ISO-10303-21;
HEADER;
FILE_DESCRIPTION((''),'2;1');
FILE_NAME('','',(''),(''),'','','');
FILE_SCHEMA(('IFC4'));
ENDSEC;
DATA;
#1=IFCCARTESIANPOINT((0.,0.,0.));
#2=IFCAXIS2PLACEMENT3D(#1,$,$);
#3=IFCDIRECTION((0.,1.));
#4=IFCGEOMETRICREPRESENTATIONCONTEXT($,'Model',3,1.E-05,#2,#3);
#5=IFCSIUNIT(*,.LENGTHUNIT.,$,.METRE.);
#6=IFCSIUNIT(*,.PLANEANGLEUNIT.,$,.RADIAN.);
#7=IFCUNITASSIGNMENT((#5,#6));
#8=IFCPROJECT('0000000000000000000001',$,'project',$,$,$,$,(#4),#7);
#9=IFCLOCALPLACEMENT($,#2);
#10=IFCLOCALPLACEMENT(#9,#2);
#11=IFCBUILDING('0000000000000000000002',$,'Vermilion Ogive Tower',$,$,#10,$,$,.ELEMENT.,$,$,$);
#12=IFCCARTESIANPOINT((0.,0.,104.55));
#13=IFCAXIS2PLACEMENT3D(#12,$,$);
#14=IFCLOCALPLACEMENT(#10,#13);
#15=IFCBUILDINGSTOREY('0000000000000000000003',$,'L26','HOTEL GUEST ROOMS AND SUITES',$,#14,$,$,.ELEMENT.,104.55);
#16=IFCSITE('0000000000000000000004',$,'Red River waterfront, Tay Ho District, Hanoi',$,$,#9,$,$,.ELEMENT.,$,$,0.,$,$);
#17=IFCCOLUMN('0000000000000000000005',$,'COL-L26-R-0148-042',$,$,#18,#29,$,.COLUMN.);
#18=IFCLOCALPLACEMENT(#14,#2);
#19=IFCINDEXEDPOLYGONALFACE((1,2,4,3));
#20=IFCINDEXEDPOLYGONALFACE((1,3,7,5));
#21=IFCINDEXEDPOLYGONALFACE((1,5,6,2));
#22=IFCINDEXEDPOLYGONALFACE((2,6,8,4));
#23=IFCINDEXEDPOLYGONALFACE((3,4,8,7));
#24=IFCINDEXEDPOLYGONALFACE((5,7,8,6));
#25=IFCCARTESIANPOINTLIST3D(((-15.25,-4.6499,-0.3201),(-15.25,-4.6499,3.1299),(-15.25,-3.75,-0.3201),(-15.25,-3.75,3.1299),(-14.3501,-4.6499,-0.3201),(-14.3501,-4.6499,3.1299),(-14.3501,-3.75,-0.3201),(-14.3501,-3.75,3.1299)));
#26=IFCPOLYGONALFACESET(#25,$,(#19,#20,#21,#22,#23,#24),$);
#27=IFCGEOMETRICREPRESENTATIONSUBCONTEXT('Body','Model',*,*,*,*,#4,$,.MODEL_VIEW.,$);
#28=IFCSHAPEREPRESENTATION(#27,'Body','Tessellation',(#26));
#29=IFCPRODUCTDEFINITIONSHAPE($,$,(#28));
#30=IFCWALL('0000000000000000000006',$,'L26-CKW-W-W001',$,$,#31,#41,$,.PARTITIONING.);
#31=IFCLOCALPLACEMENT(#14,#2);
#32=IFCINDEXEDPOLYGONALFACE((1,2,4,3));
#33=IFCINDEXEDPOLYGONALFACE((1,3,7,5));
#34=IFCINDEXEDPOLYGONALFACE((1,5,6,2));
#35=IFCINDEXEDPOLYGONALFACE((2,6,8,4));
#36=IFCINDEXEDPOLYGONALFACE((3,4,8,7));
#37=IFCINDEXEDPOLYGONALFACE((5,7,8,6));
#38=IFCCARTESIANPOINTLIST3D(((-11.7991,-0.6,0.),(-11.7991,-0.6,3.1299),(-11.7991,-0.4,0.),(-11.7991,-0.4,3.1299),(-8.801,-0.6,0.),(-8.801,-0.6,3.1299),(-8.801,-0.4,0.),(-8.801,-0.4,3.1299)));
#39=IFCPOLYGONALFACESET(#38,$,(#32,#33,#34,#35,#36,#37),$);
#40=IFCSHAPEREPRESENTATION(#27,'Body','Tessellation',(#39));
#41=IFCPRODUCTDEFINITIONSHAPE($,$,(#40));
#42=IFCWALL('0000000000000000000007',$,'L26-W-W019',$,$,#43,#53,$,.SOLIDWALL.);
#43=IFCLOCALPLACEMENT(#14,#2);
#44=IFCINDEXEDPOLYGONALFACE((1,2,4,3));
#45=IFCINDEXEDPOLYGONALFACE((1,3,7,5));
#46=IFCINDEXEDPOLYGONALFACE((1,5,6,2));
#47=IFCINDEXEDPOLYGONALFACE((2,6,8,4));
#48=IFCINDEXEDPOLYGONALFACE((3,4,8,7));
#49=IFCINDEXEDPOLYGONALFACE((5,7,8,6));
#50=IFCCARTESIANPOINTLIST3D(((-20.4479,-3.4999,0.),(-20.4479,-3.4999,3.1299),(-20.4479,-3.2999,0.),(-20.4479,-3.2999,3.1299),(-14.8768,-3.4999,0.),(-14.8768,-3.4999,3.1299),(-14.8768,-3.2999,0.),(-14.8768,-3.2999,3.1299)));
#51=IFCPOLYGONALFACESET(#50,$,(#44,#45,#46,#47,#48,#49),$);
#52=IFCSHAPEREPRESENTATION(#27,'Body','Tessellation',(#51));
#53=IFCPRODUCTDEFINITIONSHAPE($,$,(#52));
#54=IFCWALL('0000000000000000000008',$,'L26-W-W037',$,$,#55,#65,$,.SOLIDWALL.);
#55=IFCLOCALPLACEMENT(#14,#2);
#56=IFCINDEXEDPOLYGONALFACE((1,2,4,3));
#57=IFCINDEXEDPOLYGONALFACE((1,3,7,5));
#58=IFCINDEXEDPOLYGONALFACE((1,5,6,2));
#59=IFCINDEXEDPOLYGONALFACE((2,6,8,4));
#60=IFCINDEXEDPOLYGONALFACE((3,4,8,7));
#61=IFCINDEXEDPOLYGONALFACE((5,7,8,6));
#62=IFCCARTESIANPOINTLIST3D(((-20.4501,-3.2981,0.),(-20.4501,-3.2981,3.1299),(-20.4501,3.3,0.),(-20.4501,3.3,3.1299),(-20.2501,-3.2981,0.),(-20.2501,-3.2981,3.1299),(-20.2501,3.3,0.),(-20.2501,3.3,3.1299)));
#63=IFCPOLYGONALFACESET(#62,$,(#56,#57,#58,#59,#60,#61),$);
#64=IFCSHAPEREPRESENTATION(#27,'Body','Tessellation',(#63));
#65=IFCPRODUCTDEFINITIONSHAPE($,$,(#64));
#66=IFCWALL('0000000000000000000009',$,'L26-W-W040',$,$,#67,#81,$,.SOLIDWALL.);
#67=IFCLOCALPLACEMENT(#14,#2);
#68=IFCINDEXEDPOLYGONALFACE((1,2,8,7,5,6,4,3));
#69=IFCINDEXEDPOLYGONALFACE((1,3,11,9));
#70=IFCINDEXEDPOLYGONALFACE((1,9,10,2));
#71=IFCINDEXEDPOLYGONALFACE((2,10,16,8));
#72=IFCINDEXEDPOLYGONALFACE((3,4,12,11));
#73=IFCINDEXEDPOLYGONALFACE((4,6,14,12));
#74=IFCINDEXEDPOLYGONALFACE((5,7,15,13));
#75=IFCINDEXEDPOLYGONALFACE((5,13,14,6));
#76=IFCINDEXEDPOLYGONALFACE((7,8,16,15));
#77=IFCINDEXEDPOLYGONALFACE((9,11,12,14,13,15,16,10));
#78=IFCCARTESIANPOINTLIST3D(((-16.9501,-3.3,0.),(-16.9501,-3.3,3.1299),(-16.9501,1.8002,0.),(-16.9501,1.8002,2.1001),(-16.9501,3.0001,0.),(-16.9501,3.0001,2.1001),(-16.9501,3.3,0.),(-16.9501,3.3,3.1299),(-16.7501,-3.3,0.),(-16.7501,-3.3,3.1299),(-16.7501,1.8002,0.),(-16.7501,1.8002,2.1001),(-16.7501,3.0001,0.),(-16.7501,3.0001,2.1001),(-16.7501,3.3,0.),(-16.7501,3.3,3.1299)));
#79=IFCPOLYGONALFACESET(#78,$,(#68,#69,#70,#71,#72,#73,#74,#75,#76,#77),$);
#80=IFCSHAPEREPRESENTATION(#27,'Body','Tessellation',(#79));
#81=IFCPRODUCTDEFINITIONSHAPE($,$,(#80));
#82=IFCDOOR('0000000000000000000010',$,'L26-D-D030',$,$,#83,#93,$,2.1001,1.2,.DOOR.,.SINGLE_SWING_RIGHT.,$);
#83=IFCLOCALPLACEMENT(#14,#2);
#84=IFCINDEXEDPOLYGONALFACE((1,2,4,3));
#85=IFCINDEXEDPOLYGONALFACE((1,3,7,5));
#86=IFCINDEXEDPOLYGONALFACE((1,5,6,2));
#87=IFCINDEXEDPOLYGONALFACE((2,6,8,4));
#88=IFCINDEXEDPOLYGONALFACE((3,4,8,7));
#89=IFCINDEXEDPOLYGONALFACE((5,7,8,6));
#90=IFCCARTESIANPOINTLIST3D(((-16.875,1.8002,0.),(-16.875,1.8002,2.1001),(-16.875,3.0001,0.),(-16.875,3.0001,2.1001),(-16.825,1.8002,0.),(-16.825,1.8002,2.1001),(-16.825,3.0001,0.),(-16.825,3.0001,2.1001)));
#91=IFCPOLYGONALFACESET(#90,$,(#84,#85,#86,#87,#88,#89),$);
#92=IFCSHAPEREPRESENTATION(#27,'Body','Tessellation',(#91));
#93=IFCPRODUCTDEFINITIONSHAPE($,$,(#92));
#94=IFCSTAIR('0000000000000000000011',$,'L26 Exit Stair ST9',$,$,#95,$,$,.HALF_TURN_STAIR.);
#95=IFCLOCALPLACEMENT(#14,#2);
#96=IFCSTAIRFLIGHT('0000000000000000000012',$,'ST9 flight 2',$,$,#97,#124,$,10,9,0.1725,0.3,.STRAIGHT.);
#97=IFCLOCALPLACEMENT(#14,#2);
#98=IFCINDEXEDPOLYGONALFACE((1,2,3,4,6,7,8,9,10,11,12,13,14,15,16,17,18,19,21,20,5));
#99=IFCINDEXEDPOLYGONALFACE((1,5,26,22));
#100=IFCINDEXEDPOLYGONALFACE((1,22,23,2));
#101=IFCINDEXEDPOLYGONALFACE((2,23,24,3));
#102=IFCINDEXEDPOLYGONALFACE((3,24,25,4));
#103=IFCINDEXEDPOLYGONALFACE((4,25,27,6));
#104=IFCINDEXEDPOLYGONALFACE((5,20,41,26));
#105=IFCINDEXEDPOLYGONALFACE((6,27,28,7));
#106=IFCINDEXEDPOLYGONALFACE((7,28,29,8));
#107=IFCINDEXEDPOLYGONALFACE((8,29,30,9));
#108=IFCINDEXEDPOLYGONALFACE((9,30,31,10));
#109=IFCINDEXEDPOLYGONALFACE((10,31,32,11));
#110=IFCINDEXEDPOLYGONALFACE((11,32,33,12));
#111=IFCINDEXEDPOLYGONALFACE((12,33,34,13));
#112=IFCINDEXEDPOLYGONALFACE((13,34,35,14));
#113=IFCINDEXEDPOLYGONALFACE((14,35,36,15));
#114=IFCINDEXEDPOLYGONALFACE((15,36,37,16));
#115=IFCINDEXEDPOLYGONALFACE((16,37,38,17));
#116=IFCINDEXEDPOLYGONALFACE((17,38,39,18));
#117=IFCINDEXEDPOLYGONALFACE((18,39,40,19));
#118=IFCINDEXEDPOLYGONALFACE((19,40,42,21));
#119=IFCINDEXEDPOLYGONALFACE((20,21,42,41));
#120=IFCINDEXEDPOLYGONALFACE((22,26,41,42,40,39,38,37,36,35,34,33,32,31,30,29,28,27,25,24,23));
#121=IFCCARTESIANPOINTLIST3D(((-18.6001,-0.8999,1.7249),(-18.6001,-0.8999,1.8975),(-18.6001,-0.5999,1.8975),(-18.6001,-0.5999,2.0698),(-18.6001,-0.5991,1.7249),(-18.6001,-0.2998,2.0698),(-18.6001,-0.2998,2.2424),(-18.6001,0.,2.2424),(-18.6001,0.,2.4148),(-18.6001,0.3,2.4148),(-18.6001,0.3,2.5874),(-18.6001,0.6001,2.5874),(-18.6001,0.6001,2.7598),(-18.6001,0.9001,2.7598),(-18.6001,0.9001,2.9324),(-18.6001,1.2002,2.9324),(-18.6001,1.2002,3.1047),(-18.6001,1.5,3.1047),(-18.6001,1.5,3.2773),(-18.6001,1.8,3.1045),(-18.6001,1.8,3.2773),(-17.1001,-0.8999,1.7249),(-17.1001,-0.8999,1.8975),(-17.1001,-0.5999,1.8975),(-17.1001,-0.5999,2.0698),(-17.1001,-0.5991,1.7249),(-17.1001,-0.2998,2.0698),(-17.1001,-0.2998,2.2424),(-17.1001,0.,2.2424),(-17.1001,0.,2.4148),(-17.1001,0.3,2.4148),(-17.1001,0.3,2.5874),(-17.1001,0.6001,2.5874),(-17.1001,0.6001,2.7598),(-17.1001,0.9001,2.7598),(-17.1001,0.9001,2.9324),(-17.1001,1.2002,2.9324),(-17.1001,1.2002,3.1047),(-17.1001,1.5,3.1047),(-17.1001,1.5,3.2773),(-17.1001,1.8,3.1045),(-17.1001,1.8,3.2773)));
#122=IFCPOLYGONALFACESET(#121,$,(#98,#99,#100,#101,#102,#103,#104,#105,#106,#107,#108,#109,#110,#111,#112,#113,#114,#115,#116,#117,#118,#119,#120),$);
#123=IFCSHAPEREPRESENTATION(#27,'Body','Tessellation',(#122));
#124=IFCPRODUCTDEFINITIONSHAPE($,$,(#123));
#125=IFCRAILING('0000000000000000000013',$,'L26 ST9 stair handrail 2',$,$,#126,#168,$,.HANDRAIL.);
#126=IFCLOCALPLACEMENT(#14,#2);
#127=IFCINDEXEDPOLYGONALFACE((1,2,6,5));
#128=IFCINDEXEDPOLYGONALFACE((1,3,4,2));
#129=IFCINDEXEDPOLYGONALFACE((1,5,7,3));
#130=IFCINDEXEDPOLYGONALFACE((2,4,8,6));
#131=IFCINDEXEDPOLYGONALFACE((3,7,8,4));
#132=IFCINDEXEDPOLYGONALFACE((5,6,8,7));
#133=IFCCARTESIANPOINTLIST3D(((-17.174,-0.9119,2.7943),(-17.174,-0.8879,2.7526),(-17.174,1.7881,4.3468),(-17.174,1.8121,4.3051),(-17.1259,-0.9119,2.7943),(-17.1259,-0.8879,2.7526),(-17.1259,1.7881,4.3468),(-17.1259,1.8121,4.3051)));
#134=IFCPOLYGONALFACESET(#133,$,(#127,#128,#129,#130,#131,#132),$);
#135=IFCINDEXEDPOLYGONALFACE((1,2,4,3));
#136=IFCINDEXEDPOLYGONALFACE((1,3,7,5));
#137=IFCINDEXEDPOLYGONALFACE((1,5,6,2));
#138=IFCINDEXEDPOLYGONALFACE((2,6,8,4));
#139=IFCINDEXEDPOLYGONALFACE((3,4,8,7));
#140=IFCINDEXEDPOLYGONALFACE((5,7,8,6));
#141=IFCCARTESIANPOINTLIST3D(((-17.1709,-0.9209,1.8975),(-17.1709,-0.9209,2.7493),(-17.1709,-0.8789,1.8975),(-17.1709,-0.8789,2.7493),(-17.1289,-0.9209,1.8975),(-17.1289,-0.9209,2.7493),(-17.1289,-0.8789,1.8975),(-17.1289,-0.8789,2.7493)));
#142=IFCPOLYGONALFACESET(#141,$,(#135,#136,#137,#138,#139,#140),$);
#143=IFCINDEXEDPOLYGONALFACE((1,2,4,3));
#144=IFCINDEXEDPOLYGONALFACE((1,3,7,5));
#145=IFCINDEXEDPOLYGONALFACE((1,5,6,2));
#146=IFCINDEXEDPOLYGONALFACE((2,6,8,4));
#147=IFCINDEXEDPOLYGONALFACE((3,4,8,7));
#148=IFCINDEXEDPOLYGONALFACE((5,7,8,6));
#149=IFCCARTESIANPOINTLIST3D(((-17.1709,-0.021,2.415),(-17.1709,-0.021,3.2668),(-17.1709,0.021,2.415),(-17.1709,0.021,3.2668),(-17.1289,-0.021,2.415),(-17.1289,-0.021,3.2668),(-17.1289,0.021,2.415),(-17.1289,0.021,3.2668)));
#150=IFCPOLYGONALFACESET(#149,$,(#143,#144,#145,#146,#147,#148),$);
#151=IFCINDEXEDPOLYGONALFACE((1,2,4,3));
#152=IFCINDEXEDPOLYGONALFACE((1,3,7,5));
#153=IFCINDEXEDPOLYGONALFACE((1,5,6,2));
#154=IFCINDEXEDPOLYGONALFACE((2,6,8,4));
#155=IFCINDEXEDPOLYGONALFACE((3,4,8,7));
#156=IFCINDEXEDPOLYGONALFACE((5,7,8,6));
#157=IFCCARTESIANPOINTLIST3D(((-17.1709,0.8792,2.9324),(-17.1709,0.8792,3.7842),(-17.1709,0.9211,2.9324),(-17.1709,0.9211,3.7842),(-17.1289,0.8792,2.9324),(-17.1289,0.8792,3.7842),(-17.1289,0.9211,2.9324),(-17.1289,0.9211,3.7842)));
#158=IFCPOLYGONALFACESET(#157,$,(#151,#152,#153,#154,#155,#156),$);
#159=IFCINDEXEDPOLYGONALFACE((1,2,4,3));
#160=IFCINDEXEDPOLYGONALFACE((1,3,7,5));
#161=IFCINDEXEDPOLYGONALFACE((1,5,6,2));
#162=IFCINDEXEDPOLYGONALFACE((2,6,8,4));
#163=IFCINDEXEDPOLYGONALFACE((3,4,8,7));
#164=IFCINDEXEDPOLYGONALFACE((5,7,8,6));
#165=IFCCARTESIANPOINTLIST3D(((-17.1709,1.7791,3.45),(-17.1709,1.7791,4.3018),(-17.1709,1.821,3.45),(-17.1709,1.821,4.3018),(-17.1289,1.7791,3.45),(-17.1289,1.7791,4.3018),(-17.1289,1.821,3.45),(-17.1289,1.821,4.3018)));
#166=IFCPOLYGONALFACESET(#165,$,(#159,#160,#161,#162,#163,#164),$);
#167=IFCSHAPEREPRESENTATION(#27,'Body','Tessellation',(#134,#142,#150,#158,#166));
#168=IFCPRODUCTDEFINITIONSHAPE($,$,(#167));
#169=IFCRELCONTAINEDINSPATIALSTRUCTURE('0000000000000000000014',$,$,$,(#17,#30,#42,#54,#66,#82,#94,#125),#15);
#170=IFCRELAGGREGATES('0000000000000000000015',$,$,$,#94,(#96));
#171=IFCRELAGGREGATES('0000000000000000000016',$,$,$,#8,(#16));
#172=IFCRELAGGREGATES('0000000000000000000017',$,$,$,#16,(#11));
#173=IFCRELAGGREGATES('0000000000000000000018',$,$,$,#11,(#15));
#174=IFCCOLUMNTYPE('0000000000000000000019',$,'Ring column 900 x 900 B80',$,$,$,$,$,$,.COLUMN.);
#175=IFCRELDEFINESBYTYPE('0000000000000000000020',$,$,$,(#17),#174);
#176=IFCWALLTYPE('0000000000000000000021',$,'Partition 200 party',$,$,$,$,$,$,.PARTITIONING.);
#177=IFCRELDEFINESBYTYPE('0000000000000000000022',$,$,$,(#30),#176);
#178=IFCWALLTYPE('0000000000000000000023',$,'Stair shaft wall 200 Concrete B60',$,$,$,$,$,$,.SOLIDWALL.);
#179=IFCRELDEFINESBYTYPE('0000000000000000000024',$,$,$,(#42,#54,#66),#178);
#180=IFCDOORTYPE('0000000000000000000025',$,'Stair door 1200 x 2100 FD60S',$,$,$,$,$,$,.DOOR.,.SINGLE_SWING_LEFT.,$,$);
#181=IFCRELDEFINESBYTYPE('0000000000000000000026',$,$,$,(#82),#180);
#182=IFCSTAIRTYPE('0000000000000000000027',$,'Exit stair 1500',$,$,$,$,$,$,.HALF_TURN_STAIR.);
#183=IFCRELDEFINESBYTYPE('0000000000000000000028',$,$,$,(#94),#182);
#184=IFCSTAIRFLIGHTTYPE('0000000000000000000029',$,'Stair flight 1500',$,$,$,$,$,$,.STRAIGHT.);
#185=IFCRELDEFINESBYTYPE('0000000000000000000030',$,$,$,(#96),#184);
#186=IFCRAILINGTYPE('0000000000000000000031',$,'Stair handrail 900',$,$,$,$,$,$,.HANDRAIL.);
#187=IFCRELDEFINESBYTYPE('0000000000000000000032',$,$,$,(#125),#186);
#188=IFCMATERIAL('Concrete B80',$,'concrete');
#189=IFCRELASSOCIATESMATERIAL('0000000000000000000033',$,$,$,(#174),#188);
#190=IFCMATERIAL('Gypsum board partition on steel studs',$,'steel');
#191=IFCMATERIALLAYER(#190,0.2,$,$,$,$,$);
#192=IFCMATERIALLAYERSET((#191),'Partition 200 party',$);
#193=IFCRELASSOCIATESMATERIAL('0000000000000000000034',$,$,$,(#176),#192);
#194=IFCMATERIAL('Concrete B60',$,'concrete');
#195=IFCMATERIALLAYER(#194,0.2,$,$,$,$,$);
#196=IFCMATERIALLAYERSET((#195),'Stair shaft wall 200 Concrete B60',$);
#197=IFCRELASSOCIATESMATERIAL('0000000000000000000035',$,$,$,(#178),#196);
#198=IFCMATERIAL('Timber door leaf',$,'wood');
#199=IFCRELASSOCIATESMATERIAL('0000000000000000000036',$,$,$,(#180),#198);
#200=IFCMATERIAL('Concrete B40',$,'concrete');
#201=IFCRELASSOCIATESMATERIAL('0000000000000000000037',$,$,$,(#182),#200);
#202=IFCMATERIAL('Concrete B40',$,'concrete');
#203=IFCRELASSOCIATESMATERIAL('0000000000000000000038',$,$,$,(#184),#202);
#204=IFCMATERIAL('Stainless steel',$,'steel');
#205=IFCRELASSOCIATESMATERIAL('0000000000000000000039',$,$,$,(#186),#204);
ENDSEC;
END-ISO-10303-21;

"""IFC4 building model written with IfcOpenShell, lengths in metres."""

from ifc_helpers import new_model, si_unit, direction, frame, frame_2d, origin, origin_2d, place, context, subcontext, project, spatial, polyline, rectangle, outline, extrude, material, layer, layer_set, material_profile, profile_set, type_object, element, fill, aggregate, save


model = new_model("IFC4")

# Units and contexts
model_context = context("Model", 3, precision=1e-05, world=origin(), true_north=direction((0.0, 1.0)))
body_context = subcontext(model_context, "Body", "Model", "MODEL_VIEW")
ifc_project = project(units=[si_unit("LENGTHUNIT", "METRE"), si_unit("PLANEANGLEUNIT", "RADIAN")], contexts=[model_context])

# Site, building, storey
site_placement = place(None, origin())
site = spatial("IfcSite", under=ifc_project, at=site_placement, Name="Red River waterfront, Tay Ho District, Hanoi", CompositionType="ELEMENT", RefElevation=0.0)
building_placement = place(site_placement, origin())
building = spatial("IfcBuilding", under=site, at=building_placement, Name="Vermilion Ogive Tower", CompositionType="ELEMENT")
storey_placement = place(building_placement, frame((0.0, 0.0, 104.55)))
storey = spatial("IfcBuildingStorey", under=building, at=storey_placement, Name="L26", Description="HOTEL GUEST ROOMS AND SUITES", CompositionType="ELEMENT", Elevation=104.55)

# Column
ifc_material_1 = material(Name="Concrete B80", Category="concrete")
ifc_material_profile = material_profile(ifc_material_1, rectangle(XDim=0.8999, YDim=0.8999, at=origin_2d()), Name="900 x 900")
ifc_profile_set = profile_set([ifc_material_profile], Name="Concrete B80")
column_type = type_object("IfcColumnType", Name="Ring column 900 x 900 B80", PredefinedType="COLUMN", material=ifc_profile_set)
column_placement = place(storey_placement, frame((-14.8, -4.2, -0.3201), z_axis=(0.0, 0.0, 1.0), x_axis=(1.0, 0.0, 0.0)))
element("IfcColumn", 1, at=column_placement, inside=storey, type_object=column_type, Name="COL-L26-R-0148-042", PredefinedType="COLUMN", context=body_context, shape_type="SweptSolid", body=[
    extrude(rectangle(XDim=0.8999, YDim=0.8999, at=origin_2d()), origin(), (0.0, 0.0, 1.0), 3.45),
])

# Walls
ifc_material_2 = material(Name="Gypsum board partition on steel studs", Category="steel")
ifc_layer_1 = layer(ifc_material_2, 0.2)
ifc_layer_set_1 = layer_set([ifc_layer_1], Name="Partition 200 party")
wall_type_1 = type_object("IfcWallType", Name="Partition 200 party", PredefinedType="PARTITIONING", material=ifc_layer_set_1)
wall_1_placement = place(storey_placement, frame((-11.7991, -0.5, 0.0), z_axis=(0.0, 0.0, 1.0), x_axis=(1.0, 0.0, 0.0)))
element("IfcWall", 2, at=wall_1_placement, inside=storey, type_object=wall_type_1, Name="L26-CKW-W-W001", PredefinedType="PARTITIONING", context=body_context, shape_type="SweptSolid", body=[
    extrude(rectangle(XDim=2.998, YDim=0.2, at=frame_2d((1.499, 0.0))), origin(), (0.0, 0.0, 1.0), 3.1299),
])
ifc_material_3 = material(Name="Concrete B60", Category="concrete")
ifc_layer_2 = layer(ifc_material_3, 0.2)
ifc_layer_set_2 = layer_set([ifc_layer_2], Name="Stair shaft wall 200 Concrete B60")
wall_type_2 = type_object("IfcWallType", Name="Stair shaft wall 200 Concrete B60", PredefinedType="SOLIDWALL", material=ifc_layer_set_2)
wall_2_placement = place(storey_placement, frame((-20.448, -3.3999, 0.0), z_axis=(0.0, 0.0, 1.0), x_axis=(1.0, 0.0, 0.0)))
element("IfcWall", 3, at=wall_2_placement, inside=storey, type_object=wall_type_2, Name="L26-W-W019", PredefinedType="SOLIDWALL", context=body_context, shape_type="SweptSolid", body=[
    extrude(rectangle(XDim=5.571, YDim=0.2, at=frame_2d((2.7856, 0.0))), origin(), (0.0, 0.0, 1.0), 3.1299),
])
wall_3_placement = place(storey_placement, frame((-20.3501, -3.2981, 0.0), z_axis=(0.0, 0.0, 1.0), x_axis=(0.0, 1.0, 0.0)))
element("IfcWall", 4, at=wall_3_placement, inside=storey, type_object=wall_type_2, Name="L26-W-W037", PredefinedType="SOLIDWALL", context=body_context, shape_type="SweptSolid", body=[
    extrude(rectangle(XDim=6.5981, YDim=0.2, at=frame_2d((3.2991, 0.0))), origin(), (0.0, 0.0, 1.0), 3.1299),
])

# Wall, opening, door
wall_4_placement = place(storey_placement, frame((-16.8501, -3.3, 0.0), z_axis=(0.0, 0.0, 1.0), x_axis=(0.0, 1.0, 0.0)))
wall_4 = element("IfcWall", 5, at=wall_4_placement, inside=storey, type_object=wall_type_2, Name="L26-W-W040", PredefinedType="SOLIDWALL", context=body_context, shape_type="SweptSolid", body=[
    extrude(rectangle(XDim=6.6001, YDim=0.2, at=frame_2d((3.3, 0.0))), origin(), (0.0, 0.0, 1.0), 3.1299),
])
opening_placement = place(wall_4_placement, frame((5.1001, 0.0, 0.0)))
opening = element("IfcOpeningElement", 6, at=opening_placement, cuts=wall_4, PredefinedType="OPENING", context=body_context, shape_type="SweptSolid", body=[
    extrude(rectangle(XDim=1.2, YDim=2.1001, at=frame_2d((0.6001, 1.05))), frame((0.0, 0.1099, 0.0), z_axis=(0.0, -1.0, 0.0), x_axis=(1.0, 0.0, 0.0)), (0.0, 0.0, 1.0), 0.22),
])
ifc_material_4 = material(Name="Timber door leaf", Category="wood")
door_type = type_object("IfcDoorType", Name="Stair door 1200 x 2100 FD60S", OperationType="SINGLE_SWING_LEFT", PredefinedType="DOOR", material=ifc_material_4)
door_placement = place(opening_placement, origin())
door = element("IfcDoor", 7, at=door_placement, inside=storey, type_object=door_type, Name="L26-D-D030", OperationType="SINGLE_SWING_RIGHT", OverallHeight=2.1001, OverallWidth=1.2, PredefinedType="DOOR", context=body_context, shape_type="SweptSolid", body=[
    extrude(rectangle(XDim=1.2, YDim=2.1001, at=frame_2d((0.6001, 1.05))), frame((0.0, 0.0249, 0.0), z_axis=(0.0, -1.0, 0.0), x_axis=(1.0, 0.0, 0.0)), (0.0, 0.0, 1.0), 0.05),
])
fill(opening, door)

# Stair, stair flight
ifc_material_5 = material(Name="Concrete B40", Category="concrete")
stair_type = type_object("IfcStairType", Name="Exit stair 1500", PredefinedType="HALF_TURN_STAIR", material=ifc_material_5)
stair_placement = place(storey_placement, origin())
stair = element("IfcStair", 8, at=stair_placement, inside=storey, type_object=stair_type, Name="L26 Exit Stair ST9", PredefinedType="HALF_TURN_STAIR")
ifc_material_6 = material(Name="Concrete B40", Category="concrete")
stair_flight_type = type_object("IfcStairFlightType", Name="Stair flight 1500", PredefinedType="STRAIGHT", material=ifc_material_6)
stair_flight_placement = place(storey_placement, frame((-17.8501, -0.8999, 1.7249), z_axis=(0.0, 0.0, 1.0), x_axis=(0.0, 1.0, 0.0)))
stair_flight = element("IfcStairFlight", 9, at=stair_flight_placement, type_object=stair_flight_type, Name="ST9 flight 2", NumberOfRisers=10, NumberOfTreads=9, PredefinedType="STRAIGHT", RiserHeight=0.1725, TreadLength=0.3, context=body_context, shape_type="SweptSolid", body=[
    extrude(outline(polyline([(0.0, 0.0), (0.0, 0.1726), (0.3, 0.1726), (0.3, 0.345), (0.6001, 0.345), (0.6001, 0.5176), (0.8999, 0.5176), (0.8999, 0.6899), (1.2, 0.6899), (1.2, 0.8625), (1.5, 0.8625), (1.5, 1.0349), (1.8, 1.0349), (1.8, 1.2075), (2.1001, 1.2075), (2.1001, 1.3799), (2.3999, 1.3799), (2.3999, 1.5525), (2.7, 1.5525), (2.7, 1.7251), (2.7, 1.3796), (0.3008, 0.0), (0.0, 0.0)])), frame((0.0, 0.75, 0.0), z_axis=(0.0, -1.0, 0.0), x_axis=(1.0, 0.0, 0.0)), (0.0, 0.0, 1.0), 1.5),
])
aggregate(stair, [stair_flight])

# Railing
ifc_material_7 = material(Name="Stainless steel", Category="steel")
railing_type = type_object("IfcRailingType", Name="Stair handrail 900", PredefinedType="HANDRAIL", material=ifc_material_7)
railing_placement = place(storey_placement, frame((-17.1499, -0.8999, 1.8975)))
element("IfcRailing", 10, at=railing_placement, inside=storey, type_object=railing_type, Name="L26 ST9 stair handrail 2", PredefinedType="HANDRAIL", context=body_context, shape_type="SweptSolid", body=[
    extrude(rectangle(XDim=0.0481, YDim=0.0481, at=origin_2d()), frame((0.0, 0.0, 0.876), z_axis=(0.0, 0.866904, 0.498476), x_axis=(-1.0, 0.0, 0.0)), (0.0, 0.0, 1.0), 3.1145),
    extrude(rectangle(XDim=0.042, YDim=0.042, at=origin_2d()), origin(), (0.0, 0.0, 1.0), 0.8518),
    extrude(rectangle(XDim=0.042, YDim=0.042, at=origin_2d()), frame((0.0, 0.8999, 0.5176)), (0.0, 0.0, 1.0), 0.8518),
    extrude(rectangle(XDim=0.042, YDim=0.042, at=origin_2d()), frame((0.0, 1.8, 1.0349)), (0.0, 0.0, 1.0), 0.8518),
    extrude(rectangle(XDim=0.042, YDim=0.042, at=origin_2d()), frame((0.0, 2.7, 1.5525)), (0.0, 0.0, 1.0), 0.8518),
])

save(model, "model.ifc")
